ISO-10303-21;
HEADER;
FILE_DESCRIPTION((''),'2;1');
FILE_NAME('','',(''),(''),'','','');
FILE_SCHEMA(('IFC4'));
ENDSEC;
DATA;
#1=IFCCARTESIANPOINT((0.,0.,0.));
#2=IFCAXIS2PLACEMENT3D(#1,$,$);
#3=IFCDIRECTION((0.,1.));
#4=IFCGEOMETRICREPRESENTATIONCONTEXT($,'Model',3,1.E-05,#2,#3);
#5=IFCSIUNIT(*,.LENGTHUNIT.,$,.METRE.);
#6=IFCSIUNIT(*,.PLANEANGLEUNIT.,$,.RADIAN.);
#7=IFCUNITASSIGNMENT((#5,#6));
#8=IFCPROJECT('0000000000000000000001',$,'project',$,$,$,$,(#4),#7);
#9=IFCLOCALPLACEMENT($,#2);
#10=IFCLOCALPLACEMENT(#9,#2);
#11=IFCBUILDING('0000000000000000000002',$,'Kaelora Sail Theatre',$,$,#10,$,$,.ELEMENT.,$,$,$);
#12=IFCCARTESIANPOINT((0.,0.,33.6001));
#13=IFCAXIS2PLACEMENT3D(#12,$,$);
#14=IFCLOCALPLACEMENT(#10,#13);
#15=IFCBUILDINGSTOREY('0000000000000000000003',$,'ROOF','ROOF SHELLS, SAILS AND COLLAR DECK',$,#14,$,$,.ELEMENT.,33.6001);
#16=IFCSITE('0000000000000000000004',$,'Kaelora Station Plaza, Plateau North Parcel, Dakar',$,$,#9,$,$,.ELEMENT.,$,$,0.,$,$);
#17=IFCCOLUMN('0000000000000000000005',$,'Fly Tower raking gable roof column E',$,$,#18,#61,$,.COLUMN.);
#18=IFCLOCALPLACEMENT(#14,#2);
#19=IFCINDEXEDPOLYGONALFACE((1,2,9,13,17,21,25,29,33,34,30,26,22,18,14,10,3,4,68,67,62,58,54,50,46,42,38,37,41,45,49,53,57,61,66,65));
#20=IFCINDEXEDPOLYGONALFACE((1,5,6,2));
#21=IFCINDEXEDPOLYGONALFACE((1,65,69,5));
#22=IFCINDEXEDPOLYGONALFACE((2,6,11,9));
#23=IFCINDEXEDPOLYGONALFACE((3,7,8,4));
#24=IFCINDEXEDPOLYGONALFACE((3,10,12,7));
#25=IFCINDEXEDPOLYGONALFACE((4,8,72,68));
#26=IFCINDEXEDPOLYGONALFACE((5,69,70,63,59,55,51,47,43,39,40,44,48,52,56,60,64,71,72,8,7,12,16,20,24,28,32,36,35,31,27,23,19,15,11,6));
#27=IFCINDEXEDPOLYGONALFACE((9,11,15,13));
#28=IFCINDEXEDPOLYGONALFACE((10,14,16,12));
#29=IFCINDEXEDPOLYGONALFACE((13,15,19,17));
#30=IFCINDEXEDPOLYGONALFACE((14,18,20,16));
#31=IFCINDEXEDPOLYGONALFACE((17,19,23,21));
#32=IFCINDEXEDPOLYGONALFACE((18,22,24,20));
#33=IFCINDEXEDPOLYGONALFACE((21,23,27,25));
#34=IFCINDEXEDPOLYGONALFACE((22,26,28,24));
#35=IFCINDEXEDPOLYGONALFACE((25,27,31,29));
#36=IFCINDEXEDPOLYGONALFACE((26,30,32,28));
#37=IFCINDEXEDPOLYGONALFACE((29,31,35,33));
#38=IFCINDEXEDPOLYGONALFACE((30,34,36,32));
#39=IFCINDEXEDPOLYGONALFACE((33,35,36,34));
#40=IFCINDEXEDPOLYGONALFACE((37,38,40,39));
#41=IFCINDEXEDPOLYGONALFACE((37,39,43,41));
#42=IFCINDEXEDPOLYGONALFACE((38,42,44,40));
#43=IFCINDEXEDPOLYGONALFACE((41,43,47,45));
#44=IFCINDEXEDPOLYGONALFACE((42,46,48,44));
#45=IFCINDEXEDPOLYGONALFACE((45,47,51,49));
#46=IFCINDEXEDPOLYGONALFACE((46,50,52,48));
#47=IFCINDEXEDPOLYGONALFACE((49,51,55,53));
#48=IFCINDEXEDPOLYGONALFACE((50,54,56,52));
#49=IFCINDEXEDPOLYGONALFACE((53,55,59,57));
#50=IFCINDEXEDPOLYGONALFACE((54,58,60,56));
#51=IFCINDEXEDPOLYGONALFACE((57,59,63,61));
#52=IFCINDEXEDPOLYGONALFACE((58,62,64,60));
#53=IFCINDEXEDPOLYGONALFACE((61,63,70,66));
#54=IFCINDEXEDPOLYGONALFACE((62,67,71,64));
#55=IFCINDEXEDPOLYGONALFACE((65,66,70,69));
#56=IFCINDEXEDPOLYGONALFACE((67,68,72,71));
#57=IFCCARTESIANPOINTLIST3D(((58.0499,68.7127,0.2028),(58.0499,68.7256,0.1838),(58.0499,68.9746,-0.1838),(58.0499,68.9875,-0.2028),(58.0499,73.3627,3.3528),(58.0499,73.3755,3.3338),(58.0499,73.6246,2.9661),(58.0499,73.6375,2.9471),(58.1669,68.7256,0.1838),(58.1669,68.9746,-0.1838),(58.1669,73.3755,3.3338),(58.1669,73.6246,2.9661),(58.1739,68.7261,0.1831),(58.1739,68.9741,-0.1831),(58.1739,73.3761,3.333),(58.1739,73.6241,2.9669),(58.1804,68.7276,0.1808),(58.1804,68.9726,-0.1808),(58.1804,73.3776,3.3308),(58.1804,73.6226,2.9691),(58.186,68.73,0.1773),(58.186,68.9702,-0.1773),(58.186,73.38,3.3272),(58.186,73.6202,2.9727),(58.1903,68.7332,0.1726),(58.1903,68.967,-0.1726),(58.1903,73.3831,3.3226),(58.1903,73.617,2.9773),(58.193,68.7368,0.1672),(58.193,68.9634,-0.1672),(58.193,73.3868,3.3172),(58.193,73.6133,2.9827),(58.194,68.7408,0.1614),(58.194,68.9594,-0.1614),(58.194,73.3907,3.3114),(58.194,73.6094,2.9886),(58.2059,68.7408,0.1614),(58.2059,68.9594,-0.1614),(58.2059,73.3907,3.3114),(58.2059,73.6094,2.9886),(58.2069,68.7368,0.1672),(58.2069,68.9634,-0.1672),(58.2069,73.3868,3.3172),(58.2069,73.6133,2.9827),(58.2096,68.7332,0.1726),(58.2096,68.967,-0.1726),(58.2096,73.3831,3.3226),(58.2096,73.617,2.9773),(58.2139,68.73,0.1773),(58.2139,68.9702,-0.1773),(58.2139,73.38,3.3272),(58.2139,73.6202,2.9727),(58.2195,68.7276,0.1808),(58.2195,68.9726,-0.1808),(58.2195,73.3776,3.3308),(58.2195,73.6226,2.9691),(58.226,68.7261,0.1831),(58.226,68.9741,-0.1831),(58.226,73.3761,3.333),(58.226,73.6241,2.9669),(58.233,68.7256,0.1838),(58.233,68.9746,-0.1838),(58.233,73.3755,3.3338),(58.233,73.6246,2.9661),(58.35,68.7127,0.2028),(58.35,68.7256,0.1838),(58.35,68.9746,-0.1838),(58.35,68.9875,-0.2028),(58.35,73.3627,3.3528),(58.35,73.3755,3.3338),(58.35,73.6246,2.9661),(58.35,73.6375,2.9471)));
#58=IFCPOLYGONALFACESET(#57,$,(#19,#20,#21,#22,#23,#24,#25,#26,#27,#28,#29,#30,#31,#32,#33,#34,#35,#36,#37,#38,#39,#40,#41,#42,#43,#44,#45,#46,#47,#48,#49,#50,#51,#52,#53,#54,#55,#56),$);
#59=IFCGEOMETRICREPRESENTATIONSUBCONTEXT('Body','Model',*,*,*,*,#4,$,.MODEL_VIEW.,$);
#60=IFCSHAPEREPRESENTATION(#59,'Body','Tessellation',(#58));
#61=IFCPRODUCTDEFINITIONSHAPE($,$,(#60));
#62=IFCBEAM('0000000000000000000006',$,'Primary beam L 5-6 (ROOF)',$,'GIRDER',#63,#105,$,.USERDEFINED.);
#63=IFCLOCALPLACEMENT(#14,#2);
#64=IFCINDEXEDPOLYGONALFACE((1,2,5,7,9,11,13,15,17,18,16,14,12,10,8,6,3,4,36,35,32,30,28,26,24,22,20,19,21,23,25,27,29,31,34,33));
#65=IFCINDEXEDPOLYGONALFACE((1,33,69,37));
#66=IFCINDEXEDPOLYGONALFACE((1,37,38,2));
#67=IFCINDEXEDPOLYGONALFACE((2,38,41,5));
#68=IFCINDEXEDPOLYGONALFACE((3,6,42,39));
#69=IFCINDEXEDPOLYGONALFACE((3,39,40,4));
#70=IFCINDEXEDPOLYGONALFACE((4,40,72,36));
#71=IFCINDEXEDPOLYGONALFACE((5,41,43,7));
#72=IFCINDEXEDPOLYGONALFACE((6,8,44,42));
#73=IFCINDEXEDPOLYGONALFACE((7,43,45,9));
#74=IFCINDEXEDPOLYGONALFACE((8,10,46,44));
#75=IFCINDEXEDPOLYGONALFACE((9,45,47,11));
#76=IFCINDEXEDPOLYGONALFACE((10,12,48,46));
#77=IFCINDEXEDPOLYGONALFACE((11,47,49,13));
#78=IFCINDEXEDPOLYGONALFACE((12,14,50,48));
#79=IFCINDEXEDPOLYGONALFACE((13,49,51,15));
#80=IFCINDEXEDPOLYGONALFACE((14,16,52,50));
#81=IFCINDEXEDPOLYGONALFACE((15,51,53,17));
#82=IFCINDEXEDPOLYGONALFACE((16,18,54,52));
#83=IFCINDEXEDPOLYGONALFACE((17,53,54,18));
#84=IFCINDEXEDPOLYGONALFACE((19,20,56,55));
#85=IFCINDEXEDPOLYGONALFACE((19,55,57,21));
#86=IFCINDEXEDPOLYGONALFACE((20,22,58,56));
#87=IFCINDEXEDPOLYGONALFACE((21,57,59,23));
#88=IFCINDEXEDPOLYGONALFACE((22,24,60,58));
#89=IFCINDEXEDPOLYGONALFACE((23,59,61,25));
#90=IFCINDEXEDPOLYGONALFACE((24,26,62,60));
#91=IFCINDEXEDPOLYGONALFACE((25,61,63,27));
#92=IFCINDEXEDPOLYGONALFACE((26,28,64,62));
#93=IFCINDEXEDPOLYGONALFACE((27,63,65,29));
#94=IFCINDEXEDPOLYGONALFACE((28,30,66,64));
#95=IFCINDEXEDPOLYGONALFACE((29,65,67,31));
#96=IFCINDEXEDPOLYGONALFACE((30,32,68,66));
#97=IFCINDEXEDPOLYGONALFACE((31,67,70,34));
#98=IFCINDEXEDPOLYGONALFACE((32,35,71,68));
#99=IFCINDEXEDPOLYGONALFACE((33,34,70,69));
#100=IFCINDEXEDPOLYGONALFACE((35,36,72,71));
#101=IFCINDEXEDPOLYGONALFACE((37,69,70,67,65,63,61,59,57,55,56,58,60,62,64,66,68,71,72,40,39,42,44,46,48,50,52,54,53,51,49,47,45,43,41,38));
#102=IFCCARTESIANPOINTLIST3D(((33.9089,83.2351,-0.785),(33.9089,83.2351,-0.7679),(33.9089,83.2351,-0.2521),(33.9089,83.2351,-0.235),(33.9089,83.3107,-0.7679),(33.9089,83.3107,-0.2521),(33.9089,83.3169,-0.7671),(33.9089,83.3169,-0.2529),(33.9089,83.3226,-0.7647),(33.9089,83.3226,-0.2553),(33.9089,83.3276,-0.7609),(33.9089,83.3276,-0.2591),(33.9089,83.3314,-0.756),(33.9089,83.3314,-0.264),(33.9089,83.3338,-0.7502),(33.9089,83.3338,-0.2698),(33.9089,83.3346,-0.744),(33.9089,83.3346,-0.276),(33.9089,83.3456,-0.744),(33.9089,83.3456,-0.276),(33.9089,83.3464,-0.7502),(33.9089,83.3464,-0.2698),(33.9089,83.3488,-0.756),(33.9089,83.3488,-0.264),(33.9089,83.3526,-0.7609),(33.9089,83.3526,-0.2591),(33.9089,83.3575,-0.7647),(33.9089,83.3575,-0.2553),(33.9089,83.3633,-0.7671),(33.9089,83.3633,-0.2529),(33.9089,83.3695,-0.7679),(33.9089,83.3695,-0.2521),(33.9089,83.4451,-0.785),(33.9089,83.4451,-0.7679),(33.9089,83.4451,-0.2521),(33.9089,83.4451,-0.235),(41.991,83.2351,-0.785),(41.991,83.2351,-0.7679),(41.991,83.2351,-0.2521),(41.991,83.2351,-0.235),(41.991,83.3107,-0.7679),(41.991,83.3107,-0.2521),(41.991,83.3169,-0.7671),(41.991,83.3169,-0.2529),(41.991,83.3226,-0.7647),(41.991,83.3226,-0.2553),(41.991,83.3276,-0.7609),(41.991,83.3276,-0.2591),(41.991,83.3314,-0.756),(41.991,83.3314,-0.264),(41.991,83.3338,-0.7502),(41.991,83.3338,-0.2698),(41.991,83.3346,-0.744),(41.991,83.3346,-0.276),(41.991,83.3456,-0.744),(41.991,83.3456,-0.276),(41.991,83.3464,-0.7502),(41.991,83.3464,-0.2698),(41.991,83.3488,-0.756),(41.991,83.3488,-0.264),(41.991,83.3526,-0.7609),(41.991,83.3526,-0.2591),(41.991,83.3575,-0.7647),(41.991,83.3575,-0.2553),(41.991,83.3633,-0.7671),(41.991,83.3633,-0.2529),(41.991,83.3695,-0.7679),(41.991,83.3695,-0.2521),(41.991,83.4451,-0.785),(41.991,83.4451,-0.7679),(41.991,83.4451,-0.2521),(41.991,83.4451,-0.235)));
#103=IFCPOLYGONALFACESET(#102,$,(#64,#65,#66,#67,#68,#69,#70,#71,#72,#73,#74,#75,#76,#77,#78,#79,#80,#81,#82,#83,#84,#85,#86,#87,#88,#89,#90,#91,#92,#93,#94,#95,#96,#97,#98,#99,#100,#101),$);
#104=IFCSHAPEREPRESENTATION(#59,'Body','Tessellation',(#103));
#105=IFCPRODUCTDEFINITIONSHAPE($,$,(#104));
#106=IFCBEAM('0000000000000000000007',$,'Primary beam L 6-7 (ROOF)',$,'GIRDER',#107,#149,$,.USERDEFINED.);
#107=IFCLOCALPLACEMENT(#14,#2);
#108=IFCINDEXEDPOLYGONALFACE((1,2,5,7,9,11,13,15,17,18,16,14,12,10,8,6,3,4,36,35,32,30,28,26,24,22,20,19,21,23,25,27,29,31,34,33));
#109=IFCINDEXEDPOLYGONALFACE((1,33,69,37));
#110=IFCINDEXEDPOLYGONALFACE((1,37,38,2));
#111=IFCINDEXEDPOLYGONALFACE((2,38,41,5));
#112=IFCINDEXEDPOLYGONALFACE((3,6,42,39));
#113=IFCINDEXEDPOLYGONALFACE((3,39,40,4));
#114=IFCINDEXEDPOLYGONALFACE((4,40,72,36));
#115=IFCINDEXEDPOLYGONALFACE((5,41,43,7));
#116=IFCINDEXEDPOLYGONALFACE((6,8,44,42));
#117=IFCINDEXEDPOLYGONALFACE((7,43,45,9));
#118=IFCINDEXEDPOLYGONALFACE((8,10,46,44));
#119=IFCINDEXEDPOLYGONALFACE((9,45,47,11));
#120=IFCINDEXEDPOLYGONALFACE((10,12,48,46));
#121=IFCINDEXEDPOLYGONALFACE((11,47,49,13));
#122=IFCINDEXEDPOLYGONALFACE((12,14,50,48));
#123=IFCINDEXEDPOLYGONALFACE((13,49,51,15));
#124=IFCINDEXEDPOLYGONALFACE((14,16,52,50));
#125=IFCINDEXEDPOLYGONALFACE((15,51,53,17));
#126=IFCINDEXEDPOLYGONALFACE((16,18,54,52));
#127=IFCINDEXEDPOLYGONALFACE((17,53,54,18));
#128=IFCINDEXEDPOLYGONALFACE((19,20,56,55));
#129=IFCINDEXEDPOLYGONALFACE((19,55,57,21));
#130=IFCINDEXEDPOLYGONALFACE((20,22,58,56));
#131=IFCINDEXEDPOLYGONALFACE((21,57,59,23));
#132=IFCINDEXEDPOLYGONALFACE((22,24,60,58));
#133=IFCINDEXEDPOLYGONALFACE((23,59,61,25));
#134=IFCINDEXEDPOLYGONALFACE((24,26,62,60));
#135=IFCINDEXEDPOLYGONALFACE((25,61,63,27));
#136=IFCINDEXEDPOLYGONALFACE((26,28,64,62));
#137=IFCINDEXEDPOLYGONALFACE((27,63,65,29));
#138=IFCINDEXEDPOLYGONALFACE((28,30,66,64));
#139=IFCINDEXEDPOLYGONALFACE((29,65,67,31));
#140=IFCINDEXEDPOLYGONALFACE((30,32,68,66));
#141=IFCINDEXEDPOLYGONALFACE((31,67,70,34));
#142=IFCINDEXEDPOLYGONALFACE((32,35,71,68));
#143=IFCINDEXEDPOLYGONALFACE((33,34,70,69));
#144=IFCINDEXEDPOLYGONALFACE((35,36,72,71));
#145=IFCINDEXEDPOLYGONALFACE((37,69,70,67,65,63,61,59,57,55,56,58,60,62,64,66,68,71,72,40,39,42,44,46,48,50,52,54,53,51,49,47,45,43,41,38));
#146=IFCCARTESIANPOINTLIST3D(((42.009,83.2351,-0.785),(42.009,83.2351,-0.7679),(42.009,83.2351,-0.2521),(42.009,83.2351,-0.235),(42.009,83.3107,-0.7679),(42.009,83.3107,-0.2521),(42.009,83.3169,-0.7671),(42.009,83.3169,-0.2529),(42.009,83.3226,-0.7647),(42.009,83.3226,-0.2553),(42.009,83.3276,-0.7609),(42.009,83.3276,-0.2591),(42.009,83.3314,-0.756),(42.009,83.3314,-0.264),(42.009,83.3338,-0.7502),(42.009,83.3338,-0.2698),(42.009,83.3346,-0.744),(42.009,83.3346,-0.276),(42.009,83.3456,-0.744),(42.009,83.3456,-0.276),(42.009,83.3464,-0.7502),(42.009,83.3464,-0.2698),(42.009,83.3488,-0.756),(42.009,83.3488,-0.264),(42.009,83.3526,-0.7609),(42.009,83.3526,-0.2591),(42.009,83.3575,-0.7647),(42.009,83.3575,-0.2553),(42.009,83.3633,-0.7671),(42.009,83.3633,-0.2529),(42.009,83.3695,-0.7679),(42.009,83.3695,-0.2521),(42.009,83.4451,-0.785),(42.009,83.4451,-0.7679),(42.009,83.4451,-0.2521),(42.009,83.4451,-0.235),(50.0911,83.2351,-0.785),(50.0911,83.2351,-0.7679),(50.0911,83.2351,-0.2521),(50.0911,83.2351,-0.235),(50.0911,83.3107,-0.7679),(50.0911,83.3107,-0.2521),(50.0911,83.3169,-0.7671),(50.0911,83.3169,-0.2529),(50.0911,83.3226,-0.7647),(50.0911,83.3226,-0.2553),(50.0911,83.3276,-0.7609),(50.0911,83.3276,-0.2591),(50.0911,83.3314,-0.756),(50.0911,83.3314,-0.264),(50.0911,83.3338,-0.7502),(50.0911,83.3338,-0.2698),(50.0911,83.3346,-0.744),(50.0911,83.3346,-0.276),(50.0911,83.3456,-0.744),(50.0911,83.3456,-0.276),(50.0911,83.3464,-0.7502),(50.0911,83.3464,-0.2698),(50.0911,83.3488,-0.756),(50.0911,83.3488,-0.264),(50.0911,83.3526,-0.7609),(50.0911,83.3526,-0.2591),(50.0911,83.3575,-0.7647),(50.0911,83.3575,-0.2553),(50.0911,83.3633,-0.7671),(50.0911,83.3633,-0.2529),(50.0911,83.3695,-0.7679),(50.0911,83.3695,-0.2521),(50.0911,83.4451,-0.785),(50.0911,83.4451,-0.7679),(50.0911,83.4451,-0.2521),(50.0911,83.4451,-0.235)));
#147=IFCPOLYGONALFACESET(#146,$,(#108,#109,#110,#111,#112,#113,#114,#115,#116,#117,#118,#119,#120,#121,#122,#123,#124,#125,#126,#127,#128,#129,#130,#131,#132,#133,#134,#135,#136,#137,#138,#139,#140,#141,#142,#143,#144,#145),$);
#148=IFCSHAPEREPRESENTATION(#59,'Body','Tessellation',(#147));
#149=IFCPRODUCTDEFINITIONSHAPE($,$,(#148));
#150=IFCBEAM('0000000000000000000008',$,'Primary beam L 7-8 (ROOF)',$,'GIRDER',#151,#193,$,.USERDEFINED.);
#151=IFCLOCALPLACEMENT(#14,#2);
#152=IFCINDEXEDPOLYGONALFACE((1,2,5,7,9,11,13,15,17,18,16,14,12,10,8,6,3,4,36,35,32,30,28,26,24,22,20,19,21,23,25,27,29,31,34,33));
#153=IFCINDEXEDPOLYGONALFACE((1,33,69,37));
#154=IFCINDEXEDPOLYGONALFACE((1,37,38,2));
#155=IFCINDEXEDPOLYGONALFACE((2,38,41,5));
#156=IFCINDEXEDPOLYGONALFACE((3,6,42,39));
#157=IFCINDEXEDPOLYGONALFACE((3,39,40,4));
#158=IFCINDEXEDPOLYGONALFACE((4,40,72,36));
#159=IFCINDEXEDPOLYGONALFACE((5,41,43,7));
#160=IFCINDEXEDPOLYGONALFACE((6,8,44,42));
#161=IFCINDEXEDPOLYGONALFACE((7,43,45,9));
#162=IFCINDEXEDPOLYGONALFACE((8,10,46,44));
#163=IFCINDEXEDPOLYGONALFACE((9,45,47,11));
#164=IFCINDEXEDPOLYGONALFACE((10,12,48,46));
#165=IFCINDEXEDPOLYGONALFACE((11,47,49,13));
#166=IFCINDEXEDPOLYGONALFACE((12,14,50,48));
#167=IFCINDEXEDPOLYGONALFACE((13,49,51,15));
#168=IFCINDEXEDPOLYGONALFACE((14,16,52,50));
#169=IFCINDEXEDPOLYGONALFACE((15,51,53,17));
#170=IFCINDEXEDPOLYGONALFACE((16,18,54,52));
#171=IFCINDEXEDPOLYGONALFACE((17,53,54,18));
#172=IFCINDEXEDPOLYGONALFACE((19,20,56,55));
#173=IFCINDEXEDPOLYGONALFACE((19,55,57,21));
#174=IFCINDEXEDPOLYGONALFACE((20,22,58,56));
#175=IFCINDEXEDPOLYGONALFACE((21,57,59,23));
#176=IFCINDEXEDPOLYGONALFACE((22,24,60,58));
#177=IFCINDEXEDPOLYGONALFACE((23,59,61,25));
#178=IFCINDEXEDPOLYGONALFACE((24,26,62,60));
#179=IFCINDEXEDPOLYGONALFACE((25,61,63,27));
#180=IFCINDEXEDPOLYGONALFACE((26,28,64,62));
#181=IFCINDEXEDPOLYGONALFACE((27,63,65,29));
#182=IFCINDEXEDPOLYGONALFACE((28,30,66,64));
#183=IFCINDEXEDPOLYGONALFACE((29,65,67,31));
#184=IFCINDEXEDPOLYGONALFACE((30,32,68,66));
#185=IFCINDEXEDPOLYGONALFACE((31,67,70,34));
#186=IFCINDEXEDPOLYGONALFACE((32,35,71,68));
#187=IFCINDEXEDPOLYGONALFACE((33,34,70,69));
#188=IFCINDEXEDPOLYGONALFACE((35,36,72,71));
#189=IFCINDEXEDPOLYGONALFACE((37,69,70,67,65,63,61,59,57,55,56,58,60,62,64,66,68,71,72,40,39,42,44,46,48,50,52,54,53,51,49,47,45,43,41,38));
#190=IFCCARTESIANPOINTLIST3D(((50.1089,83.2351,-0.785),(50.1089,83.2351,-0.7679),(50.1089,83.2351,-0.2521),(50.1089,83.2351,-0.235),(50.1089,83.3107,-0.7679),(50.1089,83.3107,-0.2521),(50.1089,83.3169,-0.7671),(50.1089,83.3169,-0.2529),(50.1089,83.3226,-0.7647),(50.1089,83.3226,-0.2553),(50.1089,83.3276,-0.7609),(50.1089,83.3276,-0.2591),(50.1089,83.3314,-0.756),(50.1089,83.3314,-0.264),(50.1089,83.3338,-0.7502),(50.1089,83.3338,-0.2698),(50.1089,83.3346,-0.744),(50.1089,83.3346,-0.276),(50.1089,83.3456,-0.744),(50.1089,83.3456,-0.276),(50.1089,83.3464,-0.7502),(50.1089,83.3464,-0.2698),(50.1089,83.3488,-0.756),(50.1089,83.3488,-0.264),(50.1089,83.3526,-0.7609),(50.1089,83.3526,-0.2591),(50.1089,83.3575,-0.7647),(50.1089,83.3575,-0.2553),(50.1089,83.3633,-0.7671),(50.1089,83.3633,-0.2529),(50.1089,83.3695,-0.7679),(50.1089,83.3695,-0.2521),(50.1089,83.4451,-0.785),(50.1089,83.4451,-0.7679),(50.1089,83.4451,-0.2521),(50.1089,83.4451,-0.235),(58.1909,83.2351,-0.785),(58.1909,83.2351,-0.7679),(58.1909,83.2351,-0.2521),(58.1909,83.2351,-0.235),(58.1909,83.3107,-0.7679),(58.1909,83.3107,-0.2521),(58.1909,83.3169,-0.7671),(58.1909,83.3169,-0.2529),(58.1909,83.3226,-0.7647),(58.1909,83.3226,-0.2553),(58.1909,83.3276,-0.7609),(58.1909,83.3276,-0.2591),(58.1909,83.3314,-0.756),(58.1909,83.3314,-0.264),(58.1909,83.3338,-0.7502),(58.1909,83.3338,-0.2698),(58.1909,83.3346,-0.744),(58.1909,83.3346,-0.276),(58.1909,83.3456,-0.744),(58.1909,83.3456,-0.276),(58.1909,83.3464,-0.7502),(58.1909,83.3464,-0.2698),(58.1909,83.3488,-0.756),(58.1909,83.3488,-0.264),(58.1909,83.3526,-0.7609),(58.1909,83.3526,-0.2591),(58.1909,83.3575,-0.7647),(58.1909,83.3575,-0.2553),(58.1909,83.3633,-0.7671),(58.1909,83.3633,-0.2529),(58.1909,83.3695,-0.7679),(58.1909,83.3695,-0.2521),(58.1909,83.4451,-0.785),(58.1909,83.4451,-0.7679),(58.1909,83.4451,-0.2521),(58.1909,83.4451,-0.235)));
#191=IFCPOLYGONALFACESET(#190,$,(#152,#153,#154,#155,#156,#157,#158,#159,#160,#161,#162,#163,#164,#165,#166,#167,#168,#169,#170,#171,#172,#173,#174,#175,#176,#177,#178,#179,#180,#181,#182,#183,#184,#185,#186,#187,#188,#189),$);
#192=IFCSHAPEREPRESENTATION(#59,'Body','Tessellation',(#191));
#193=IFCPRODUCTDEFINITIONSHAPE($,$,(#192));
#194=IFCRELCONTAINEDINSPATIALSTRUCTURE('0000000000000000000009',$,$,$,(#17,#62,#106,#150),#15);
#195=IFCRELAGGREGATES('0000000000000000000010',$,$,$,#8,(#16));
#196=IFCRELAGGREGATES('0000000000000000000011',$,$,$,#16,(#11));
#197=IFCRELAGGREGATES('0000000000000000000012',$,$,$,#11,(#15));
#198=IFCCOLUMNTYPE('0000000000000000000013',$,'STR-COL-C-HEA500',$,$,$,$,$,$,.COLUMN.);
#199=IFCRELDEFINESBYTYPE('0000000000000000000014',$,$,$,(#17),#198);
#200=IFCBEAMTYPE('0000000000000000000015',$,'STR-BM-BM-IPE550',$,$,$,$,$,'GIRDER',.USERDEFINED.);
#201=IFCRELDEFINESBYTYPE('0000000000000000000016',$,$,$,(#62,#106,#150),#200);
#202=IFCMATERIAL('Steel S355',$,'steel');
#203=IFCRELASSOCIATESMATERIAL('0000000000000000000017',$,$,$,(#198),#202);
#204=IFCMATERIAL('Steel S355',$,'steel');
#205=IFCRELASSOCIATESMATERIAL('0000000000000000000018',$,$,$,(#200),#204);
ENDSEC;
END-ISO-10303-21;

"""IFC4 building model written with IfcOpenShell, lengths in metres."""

from ifc_helpers import new_model, si_unit, direction, frame, origin, origin_2d, place, context, subcontext, project, spatial, i_section, extrude, material, material_profile, profile_set, type_object, element, save


model = new_model("IFC4")

# Units and contexts
model_context = context("Model", 3, precision=1e-05, world=origin(), true_north=direction((0.0, 1.0)))
body_context = subcontext(model_context, "Body", "Model", "MODEL_VIEW")
ifc_project = project(units=[si_unit("LENGTHUNIT", "METRE"), si_unit("PLANEANGLEUNIT", "RADIAN")], contexts=[model_context])

# Site, building, storey
site_placement = place(None, origin())
site = spatial("IfcSite", under=ifc_project, at=site_placement, Name="Kaelora Station Plaza, Plateau North Parcel, Dakar", CompositionType="ELEMENT", RefElevation=0.0)
building_placement = place(site_placement, origin())
building = spatial("IfcBuilding", under=site, at=building_placement, Name="Kaelora Sail Theatre", CompositionType="ELEMENT")
storey_placement = place(building_placement, frame((0.0, 0.0, 33.6001)))
storey = spatial("IfcBuildingStorey", under=building, at=storey_placement, Name="ROOF", Description="ROOF SHELLS, SAILS AND COLLAR DECK", CompositionType="ELEMENT", Elevation=33.6001)

# Column
ifc_material_1 = material(Name="Steel S355", Category="steel")
ifc_material_profile_1 = material_profile(ifc_material_1, i_section(OverallWidth=0.3, OverallDepth=0.49, WebThickness=0.012, FlangeThickness=0.0229, FilletRadius=0.0271, at=origin_2d()), Name="HEA 500")
ifc_profile_set_1 = profile_set([ifc_material_profile_1], Name="Steel S355")
column_type = type_object("IfcColumnType", Name="STR-COL-C-HEA500", PredefinedType="COLUMN", material=ifc_profile_set_1)
column_placement = place(storey_placement, frame((58.2, 68.8501, 0.0), z_axis=(0.0, 0.827921, 0.560844), x_axis=(-1.0, 0.0, 0.0)))
element("IfcColumn", 1, at=column_placement, inside=storey, type_object=column_type, Name="Fly Tower raking gable roof column E", PredefinedType="COLUMN", context=body_context, shape_type="SweptSolid", body=[
    extrude(i_section(OverallWidth=0.3, OverallDepth=0.49, WebThickness=0.012, FlangeThickness=0.0229, FilletRadius=0.0271, at=origin_2d()), origin(), (0.0, 0.0, 1.0), 5.6165),
])

# Beams
ifc_material_2 = material(Name="Steel S355", Category="steel")
ifc_material_profile_2 = material_profile(ifc_material_2, i_section(OverallWidth=0.21, OverallDepth=0.55, WebThickness=0.011, FlangeThickness=0.0171, FilletRadius=0.0239, at=origin_2d()), Name="IPE 550")
ifc_profile_set_2 = profile_set([ifc_material_profile_2], Name="Steel S355")
beam_type_1 = type_object("IfcBeamType", Name="STR-BM-BM-IPE550", ElementType="GIRDER", PredefinedType="USERDEFINED", material=ifc_profile_set_2)
for number, where, z_axis, x_axis, name in (
    (2, (33.9089, 83.3401, -0.51), (1.0, 0.0, 0.0), (0.0, 1.0, 0.0), "Primary beam L 5-6 (ROOF)"),
    (3, (42.009, 83.3401, -0.51), (1.0, 0.0, 0.0), (0.0, 1.0, 0.0), "Primary beam L 6-7 (ROOF)"),
    (4, (50.1089, 83.3401, -0.51), (1.0, 0.0, 0.0), (0.0, 1.0, 0.0), "Primary beam L 7-8 (ROOF)"),
):
    element("IfcBeam", number, at=place(storey_placement, frame(where, z_axis=z_axis, x_axis=x_axis)), inside=storey, type_object=beam_type_1, Name=name, ObjectType="GIRDER", PredefinedType="USERDEFINED", context=body_context, shape_type="SweptSolid", body=[
        extrude(i_section(OverallWidth=0.21, OverallDepth=0.55, WebThickness=0.011, FlangeThickness=0.0171, FilletRadius=0.0239, at=origin_2d()), origin(), (0.0, 0.0, 1.0), 8.082),
    ])

save(model, "model.ifc")
